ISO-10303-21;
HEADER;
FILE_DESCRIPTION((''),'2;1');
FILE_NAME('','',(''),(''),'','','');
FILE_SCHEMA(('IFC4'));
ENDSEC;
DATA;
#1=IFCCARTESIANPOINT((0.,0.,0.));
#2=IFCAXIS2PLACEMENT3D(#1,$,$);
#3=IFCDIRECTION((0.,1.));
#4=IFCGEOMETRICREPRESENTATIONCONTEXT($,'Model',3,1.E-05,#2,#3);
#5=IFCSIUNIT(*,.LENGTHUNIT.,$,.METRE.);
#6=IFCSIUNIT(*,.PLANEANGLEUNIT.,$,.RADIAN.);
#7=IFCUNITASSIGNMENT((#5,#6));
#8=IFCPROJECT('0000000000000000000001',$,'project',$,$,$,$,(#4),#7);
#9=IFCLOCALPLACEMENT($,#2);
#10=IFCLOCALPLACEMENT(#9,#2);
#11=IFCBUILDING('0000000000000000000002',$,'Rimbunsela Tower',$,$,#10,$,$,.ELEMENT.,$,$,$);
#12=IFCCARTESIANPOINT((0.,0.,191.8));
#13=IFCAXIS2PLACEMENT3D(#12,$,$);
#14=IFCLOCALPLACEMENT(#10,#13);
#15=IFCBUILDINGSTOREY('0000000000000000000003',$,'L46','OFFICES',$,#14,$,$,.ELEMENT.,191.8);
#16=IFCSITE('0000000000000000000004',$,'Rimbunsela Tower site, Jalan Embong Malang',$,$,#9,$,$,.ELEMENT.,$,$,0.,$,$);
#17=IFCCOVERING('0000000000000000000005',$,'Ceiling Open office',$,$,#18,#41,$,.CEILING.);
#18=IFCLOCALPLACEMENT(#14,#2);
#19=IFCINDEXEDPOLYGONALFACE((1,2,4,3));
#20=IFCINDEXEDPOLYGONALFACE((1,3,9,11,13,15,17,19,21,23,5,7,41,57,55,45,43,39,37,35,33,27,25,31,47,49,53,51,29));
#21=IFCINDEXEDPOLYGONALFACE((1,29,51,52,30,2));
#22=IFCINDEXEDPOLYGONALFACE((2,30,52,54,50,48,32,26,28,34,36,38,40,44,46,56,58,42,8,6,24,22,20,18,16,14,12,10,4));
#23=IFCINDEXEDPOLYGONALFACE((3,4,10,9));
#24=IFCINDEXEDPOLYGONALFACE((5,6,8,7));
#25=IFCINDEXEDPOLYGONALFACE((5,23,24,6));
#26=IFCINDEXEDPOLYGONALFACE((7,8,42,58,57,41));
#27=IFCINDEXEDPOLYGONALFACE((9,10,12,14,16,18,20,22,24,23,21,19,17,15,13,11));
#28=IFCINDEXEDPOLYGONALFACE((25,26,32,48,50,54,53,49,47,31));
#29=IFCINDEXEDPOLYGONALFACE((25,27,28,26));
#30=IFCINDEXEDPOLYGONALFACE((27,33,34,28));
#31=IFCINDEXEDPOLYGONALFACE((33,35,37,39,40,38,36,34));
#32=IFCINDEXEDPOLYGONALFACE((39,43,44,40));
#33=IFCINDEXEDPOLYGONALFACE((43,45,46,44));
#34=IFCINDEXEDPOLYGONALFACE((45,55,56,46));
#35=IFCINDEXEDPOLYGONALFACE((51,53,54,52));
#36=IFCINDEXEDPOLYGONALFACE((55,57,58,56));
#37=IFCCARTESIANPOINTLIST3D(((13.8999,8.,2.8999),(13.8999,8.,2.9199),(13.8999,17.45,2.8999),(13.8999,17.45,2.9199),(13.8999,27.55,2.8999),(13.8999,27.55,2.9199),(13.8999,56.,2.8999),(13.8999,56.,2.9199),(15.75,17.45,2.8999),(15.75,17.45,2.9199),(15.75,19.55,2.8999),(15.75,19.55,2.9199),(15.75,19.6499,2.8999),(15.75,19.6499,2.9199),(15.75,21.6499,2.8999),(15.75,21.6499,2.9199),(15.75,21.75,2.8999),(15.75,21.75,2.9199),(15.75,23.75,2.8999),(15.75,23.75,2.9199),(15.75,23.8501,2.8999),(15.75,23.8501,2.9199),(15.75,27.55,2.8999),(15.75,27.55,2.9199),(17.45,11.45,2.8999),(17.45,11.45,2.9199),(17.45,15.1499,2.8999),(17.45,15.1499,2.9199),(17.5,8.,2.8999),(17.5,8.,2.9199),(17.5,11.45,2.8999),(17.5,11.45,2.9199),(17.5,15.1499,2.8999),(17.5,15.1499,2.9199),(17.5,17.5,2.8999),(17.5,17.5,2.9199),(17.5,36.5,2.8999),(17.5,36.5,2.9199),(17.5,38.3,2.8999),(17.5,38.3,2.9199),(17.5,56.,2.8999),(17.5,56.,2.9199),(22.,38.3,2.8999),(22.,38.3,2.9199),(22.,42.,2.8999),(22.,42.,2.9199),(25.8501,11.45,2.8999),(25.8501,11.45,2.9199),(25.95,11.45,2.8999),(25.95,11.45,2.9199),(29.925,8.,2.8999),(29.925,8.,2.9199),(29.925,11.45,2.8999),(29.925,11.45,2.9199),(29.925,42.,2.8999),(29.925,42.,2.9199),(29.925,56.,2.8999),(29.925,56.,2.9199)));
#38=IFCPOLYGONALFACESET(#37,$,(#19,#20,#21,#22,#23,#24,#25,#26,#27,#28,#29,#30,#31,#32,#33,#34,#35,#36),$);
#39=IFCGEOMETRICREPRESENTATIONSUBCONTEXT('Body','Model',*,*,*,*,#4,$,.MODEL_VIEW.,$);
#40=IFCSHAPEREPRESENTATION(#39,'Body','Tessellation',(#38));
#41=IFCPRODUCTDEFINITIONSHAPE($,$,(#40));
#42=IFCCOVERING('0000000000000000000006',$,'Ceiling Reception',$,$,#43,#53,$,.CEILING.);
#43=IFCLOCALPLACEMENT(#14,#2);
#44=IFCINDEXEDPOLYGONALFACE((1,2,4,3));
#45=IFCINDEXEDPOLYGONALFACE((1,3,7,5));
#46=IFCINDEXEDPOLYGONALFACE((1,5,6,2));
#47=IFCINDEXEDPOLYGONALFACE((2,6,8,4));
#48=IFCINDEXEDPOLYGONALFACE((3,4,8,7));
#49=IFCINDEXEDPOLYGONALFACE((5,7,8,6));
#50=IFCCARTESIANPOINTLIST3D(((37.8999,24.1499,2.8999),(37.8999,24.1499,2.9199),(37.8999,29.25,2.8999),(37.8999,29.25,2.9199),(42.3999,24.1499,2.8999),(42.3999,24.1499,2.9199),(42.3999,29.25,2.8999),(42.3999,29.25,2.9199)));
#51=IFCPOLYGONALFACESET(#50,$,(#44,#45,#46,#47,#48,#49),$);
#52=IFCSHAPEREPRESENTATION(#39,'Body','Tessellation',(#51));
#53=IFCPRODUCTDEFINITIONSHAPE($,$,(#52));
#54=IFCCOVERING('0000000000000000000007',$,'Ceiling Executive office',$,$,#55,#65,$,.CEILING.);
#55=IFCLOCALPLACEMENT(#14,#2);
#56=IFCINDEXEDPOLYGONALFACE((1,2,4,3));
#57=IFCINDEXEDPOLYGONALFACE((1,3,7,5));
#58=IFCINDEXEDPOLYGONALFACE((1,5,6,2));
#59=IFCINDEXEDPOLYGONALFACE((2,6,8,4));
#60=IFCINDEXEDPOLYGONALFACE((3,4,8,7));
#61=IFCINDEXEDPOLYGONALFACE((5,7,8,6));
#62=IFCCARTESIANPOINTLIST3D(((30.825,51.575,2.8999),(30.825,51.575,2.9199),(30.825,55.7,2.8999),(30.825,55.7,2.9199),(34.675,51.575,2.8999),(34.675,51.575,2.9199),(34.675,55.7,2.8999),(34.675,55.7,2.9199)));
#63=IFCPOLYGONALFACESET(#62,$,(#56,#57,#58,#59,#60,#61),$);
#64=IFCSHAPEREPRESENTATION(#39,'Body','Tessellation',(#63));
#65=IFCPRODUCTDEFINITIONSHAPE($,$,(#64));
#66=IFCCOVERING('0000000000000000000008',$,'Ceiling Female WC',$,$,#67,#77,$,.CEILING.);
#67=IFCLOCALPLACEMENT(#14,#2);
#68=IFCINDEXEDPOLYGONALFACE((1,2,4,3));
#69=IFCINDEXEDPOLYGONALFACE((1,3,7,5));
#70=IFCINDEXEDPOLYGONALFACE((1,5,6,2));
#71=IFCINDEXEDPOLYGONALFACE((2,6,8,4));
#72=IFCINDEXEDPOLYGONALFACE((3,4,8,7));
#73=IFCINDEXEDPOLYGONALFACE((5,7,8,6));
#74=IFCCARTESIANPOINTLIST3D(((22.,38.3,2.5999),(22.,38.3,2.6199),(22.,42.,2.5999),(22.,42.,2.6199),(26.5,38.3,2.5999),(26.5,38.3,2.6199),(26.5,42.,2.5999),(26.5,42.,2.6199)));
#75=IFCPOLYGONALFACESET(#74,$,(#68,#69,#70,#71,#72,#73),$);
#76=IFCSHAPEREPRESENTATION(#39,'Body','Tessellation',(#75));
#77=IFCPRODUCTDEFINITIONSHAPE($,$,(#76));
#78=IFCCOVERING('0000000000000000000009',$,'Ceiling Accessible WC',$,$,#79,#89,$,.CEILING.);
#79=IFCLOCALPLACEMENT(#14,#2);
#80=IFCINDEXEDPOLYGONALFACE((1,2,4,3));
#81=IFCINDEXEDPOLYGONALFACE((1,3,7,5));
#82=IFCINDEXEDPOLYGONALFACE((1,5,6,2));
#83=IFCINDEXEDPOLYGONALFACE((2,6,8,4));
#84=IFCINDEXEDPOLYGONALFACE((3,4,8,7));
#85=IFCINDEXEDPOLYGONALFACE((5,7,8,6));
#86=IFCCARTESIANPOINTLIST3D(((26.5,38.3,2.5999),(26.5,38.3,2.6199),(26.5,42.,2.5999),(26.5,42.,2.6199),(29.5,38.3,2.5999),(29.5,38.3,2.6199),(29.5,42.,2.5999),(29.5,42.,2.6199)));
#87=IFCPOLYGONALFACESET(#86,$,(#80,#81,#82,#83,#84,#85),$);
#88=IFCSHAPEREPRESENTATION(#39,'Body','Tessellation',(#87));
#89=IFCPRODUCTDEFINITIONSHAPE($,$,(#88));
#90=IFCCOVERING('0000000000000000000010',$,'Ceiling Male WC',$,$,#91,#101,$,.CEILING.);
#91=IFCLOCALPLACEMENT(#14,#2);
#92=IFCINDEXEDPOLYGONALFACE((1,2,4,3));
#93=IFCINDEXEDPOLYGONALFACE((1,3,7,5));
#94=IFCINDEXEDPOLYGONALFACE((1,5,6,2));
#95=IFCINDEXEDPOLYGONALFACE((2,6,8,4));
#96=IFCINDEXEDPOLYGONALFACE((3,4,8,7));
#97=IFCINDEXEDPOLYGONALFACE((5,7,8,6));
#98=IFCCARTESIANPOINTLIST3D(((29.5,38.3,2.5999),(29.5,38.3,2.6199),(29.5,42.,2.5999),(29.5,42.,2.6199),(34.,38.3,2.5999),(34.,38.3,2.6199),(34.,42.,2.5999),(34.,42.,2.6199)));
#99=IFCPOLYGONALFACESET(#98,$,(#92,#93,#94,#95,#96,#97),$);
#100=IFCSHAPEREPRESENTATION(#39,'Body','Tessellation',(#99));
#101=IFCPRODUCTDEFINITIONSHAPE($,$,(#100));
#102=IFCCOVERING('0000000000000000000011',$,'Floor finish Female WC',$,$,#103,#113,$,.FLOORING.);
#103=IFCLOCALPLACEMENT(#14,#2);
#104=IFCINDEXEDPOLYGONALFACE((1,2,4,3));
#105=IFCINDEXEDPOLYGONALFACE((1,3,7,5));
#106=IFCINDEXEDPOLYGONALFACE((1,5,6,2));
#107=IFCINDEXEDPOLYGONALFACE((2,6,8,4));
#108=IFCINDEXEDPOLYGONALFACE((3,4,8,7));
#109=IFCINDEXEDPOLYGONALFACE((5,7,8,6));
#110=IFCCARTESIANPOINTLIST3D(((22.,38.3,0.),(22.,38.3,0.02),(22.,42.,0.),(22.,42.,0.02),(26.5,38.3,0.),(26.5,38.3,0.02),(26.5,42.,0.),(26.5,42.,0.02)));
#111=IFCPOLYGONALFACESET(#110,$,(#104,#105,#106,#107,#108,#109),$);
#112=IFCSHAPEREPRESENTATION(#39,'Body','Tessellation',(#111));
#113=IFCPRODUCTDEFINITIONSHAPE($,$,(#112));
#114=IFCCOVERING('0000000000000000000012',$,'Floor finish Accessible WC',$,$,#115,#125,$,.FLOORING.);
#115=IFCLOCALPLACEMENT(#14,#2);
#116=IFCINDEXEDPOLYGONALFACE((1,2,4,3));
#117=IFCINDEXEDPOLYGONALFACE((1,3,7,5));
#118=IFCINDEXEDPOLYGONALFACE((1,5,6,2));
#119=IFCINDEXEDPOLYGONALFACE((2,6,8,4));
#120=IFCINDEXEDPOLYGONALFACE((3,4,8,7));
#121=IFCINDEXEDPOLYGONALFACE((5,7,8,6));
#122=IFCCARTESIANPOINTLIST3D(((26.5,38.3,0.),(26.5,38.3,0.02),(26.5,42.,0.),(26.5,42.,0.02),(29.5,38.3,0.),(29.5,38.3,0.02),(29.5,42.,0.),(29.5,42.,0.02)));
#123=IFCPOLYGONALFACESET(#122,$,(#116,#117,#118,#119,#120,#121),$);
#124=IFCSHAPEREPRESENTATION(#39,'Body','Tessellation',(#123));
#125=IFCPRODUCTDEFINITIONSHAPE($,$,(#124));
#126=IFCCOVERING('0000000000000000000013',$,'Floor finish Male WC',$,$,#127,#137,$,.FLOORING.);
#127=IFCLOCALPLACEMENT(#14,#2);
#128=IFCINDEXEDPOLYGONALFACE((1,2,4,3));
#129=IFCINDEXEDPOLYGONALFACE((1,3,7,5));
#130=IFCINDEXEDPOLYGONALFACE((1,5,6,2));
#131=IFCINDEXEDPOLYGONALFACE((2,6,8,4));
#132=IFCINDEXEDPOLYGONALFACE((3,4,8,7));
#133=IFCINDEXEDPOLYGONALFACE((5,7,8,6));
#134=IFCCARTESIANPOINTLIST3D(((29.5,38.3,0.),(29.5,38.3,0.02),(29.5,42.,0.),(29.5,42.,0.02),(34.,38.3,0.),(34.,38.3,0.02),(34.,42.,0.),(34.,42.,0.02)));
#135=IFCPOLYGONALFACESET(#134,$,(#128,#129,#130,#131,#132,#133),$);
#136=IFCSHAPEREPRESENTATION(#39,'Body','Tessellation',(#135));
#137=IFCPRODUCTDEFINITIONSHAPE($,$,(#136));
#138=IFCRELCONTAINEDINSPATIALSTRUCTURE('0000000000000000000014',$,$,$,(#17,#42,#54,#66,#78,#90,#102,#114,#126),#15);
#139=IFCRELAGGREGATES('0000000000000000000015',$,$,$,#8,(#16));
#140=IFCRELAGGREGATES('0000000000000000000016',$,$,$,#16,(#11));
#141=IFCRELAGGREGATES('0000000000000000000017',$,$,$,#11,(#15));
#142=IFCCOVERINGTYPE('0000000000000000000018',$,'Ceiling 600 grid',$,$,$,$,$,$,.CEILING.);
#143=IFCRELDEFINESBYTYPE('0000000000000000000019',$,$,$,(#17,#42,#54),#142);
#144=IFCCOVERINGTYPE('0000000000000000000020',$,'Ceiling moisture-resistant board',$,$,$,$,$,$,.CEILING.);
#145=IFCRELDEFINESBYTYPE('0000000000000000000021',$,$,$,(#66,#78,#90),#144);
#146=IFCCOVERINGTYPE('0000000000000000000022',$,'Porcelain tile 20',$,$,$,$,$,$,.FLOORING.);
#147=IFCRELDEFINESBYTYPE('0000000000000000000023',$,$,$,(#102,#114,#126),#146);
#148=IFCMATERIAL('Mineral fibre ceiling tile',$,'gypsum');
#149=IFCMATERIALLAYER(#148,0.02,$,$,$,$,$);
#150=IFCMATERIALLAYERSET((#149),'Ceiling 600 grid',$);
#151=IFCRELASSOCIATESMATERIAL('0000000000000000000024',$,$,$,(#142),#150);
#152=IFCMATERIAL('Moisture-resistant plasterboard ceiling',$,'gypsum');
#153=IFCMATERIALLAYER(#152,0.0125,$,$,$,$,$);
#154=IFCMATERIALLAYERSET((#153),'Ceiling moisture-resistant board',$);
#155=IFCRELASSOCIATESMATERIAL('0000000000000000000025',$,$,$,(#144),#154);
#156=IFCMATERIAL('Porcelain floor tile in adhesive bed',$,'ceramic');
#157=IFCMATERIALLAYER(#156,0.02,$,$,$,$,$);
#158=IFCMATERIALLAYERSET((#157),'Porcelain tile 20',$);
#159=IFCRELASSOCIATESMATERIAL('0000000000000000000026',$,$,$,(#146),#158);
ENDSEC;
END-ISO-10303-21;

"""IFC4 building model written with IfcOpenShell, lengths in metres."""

from ifc_helpers import new_model, si_unit, direction, frame, origin, place, context, subcontext, project, spatial, polyline, outline, extrude, material, layer, layer_set, type_object, element, save


model = new_model("IFC4")

# Units and contexts
model_context = context("Model", 3, precision=1e-05, world=origin(), true_north=direction((0.0, 1.0)))
body_context = subcontext(model_context, "Body", "Model", "MODEL_VIEW")
ifc_project = project(units=[si_unit("LENGTHUNIT", "METRE"), si_unit("PLANEANGLEUNIT", "RADIAN")], contexts=[model_context])

# Site, building, storey
site_placement = place(None, origin())
site = spatial("IfcSite", under=ifc_project, at=site_placement, Name="Rimbunsela Tower site, Jalan Embong Malang", CompositionType="ELEMENT", RefElevation=0.0)
building_placement = place(site_placement, origin())
building = spatial("IfcBuilding", under=site, at=building_placement, Name="Rimbunsela Tower", CompositionType="ELEMENT")
storey_placement = place(building_placement, frame((0.0, 0.0, 191.8)))
storey = spatial("IfcBuildingStorey", under=building, at=storey_placement, Name="L46", Description="OFFICES", CompositionType="ELEMENT", Elevation=191.8)

# Coverings
ifc_material_1 = material(Name="Mineral fibre ceiling tile", Category="gypsum")
ifc_layer_1 = layer(ifc_material_1, 0.02)
ifc_layer_set_1 = layer_set([ifc_layer_1], Name="Ceiling 600 grid")
covering_type_1 = type_object("IfcCoveringType", Name="Ceiling 600 grid", PredefinedType="CEILING", material=ifc_layer_set_1)
covering_1_placement = place(storey_placement, frame((0.0, 0.0, 2.8999)))
element("IfcCovering", 1, at=covering_1_placement, inside=storey, type_object=covering_type_1, Name="Ceiling Open office", PredefinedType="CEILING", context=body_context, shape_type="SweptSolid", body=[
    extrude(outline(polyline([(17.5, 8.0), (13.8999, 8.0), (13.8999, 17.45), (15.75, 17.45), (15.75, 19.55), (15.75, 19.6499), (15.75, 21.6499), (15.75, 21.75), (15.75, 23.75), (15.75, 23.8501), (15.75, 27.55), (13.8999, 27.55), (13.8999, 56.0), (17.5, 56.0), (29.925, 56.0), (29.925, 42.0), (22.0, 42.0), (22.0, 38.3), (17.5, 38.3), (17.5, 36.5), (17.5, 17.5), (17.5, 15.1499), (17.45, 15.1499), (17.45, 11.45), (17.5, 11.45), (25.8501, 11.45), (25.95, 11.45), (29.925, 11.45), (29.925, 8.0), (17.5, 8.0)])), origin(), (0.0, 0.0, 1.0), 0.02),
])
covering_2_placement = place(storey_placement, frame((0.0, 0.0, 2.8999)))
element("IfcCovering", 2, at=covering_2_placement, inside=storey, type_object=covering_type_1, Name="Ceiling Reception", PredefinedType="CEILING", context=body_context, shape_type="SweptSolid", body=[
    extrude(outline(polyline([(42.3999, 24.1499), (42.3999, 29.25), (37.8999, 29.25), (37.8999, 24.1499), (42.3999, 24.1499)])), origin(), (0.0, 0.0, 1.0), 0.02),
])
covering_3_placement = place(storey_placement, frame((0.0, 0.0, 2.8999)))
element("IfcCovering", 3, at=covering_3_placement, inside=storey, type_object=covering_type_1, Name="Ceiling Executive office", PredefinedType="CEILING", context=body_context, shape_type="SweptSolid", body=[
    extrude(outline(polyline([(34.675, 51.575), (34.675, 55.7), (30.825, 55.7), (30.825, 51.575), (34.675, 51.575)])), origin(), (0.0, 0.0, 1.0), 0.02),
])
ifc_material_2 = material(Name="Moisture-resistant plasterboard ceiling", Category="gypsum")
ifc_layer_2 = layer(ifc_material_2, 0.0125)
ifc_layer_set_2 = layer_set([ifc_layer_2], Name="Ceiling moisture-resistant board")
covering_type_2 = type_object("IfcCoveringType", Name="Ceiling moisture-resistant board", PredefinedType="CEILING", material=ifc_layer_set_2)
covering_4_placement = place(storey_placement, frame((0.0, 0.0, 2.5999)))
element("IfcCovering", 4, at=covering_4_placement, inside=storey, type_object=covering_type_2, Name="Ceiling Female WC", PredefinedType="CEILING", context=body_context, shape_type="SweptSolid", body=[
    extrude(outline(polyline([(26.5, 38.3), (26.5, 42.0), (22.0, 42.0), (22.0, 38.3), (26.5, 38.3)])), origin(), (0.0, 0.0, 1.0), 0.02),
])
covering_5_placement = place(storey_placement, frame((0.0, 0.0, 2.5999)))
element("IfcCovering", 5, at=covering_5_placement, inside=storey, type_object=covering_type_2, Name="Ceiling Accessible WC", PredefinedType="CEILING", context=body_context, shape_type="SweptSolid", body=[
    extrude(outline(polyline([(29.5, 38.3), (29.5, 42.0), (26.5, 42.0), (26.5, 38.3), (29.5, 38.3)])), origin(), (0.0, 0.0, 1.0), 0.02),
])
covering_6_placement = place(storey_placement, frame((0.0, 0.0, 2.5999)))
element("IfcCovering", 6, at=covering_6_placement, inside=storey, type_object=covering_type_2, Name="Ceiling Male WC", PredefinedType="CEILING", context=body_context, shape_type="SweptSolid", body=[
    extrude(outline(polyline([(34.0, 38.3), (34.0, 42.0), (29.5, 42.0), (29.5, 38.3), (34.0, 38.3)])), origin(), (0.0, 0.0, 1.0), 0.02),
])
ifc_material_3 = material(Name="Porcelain floor tile in adhesive bed", Category="ceramic")
ifc_layer_3 = layer(ifc_material_3, 0.02)
ifc_layer_set_3 = layer_set([ifc_layer_3], Name="Porcelain tile 20")
covering_type_3 = type_object("IfcCoveringType", Name="Porcelain tile 20", PredefinedType="FLOORING", material=ifc_layer_set_3)
covering_7_placement = place(storey_placement, origin())
element("IfcCovering", 7, at=covering_7_placement, inside=storey, type_object=covering_type_3, Name="Floor finish Female WC", PredefinedType="FLOORING", context=body_context, shape_type="SweptSolid", body=[
    extrude(outline(polyline([(26.5, 38.3), (26.5, 42.0), (22.0, 42.0), (22.0, 38.3), (26.5, 38.3)])), origin(), (0.0, 0.0, 1.0), 0.02),
])
covering_8_placement = place(storey_placement, origin())
element("IfcCovering", 8, at=covering_8_placement, inside=storey, type_object=covering_type_3, Name="Floor finish Accessible WC", PredefinedType="FLOORING", context=body_context, shape_type="SweptSolid", body=[
    extrude(outline(polyline([(29.5, 38.3), (29.5, 42.0), (26.5, 42.0), (26.5, 38.3), (29.5, 38.3)])), origin(), (0.0, 0.0, 1.0), 0.02),
])
covering_9_placement = place(storey_placement, origin())
element("IfcCovering", 9, at=covering_9_placement, inside=storey, type_object=covering_type_3, Name="Floor finish Male WC", PredefinedType="FLOORING", context=body_context, shape_type="SweptSolid", body=[
    extrude(outline(polyline([(34.0, 38.3), (34.0, 42.0), (29.5, 42.0), (29.5, 38.3), (34.0, 38.3)])), origin(), (0.0, 0.0, 1.0), 0.02),
])

save(model, "model.ifc")
